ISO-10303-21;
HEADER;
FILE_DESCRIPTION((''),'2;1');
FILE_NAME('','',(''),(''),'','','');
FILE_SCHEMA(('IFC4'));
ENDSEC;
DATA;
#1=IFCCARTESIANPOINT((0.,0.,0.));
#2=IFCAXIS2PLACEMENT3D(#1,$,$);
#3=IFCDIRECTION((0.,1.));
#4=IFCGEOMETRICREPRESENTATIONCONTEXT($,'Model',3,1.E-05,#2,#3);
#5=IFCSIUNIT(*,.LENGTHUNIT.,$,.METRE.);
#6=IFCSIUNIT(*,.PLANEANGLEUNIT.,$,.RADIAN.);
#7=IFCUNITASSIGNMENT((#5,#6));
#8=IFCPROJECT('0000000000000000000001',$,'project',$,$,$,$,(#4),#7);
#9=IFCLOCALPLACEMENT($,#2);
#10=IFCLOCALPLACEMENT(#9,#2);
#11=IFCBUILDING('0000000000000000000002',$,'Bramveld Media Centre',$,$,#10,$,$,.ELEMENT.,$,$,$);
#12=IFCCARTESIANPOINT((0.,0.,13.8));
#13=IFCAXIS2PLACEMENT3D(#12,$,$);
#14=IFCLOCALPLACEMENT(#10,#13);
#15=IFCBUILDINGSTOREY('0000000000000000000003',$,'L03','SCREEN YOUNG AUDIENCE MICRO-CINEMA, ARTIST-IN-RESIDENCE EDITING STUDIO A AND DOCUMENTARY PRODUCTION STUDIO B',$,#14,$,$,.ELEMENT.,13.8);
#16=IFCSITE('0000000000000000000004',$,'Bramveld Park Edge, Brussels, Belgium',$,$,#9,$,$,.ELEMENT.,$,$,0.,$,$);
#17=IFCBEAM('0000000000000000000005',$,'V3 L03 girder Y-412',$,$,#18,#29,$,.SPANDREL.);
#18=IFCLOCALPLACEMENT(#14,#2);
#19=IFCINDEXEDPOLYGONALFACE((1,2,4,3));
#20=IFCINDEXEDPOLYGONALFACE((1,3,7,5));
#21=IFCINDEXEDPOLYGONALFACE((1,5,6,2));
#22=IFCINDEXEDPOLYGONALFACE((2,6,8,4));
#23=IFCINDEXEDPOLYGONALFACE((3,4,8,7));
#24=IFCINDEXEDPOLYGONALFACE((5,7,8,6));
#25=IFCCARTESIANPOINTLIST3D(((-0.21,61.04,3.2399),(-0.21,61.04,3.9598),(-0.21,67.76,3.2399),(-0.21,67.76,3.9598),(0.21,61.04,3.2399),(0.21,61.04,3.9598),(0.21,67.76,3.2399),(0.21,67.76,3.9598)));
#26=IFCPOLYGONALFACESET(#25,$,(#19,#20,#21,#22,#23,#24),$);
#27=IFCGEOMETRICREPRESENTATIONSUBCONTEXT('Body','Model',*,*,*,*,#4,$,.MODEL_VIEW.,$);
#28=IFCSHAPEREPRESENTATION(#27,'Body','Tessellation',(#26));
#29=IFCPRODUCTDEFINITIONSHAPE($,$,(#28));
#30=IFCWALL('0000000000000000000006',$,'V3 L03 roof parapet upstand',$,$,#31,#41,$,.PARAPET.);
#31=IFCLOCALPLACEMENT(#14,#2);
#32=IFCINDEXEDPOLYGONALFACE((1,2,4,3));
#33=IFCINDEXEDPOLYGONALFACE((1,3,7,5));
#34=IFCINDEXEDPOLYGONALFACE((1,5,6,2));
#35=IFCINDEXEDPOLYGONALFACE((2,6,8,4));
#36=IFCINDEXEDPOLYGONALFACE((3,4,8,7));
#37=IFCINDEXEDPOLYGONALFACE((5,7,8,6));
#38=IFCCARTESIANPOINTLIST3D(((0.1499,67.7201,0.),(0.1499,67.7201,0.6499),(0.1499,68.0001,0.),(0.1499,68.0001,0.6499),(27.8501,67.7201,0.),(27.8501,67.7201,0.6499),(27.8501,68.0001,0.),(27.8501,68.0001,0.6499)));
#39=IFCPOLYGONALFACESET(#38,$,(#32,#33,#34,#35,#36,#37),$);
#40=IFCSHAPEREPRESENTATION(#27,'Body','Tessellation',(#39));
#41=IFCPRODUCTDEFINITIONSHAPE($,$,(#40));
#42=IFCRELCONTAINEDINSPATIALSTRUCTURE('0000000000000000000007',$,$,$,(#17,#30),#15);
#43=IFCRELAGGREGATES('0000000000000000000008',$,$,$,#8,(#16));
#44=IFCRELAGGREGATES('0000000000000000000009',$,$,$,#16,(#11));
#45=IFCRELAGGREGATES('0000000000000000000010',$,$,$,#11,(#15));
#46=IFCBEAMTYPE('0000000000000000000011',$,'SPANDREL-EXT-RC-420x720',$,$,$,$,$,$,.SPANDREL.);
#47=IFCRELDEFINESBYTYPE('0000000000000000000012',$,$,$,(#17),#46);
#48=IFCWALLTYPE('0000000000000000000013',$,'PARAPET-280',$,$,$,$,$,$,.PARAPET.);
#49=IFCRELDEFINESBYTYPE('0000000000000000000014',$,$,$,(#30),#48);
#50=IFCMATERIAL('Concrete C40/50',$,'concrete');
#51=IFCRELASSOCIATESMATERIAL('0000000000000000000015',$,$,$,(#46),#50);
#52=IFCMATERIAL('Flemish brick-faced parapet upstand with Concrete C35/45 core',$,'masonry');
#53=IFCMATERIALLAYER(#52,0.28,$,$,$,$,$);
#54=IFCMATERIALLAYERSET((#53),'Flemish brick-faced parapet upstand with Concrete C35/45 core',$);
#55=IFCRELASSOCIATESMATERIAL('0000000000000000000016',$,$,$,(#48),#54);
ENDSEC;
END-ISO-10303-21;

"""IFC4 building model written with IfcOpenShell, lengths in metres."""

from ifc_helpers import new_model, si_unit, direction, frame, frame_2d, origin, origin_2d, place, context, subcontext, project, spatial, rectangle, extrude, material, layer, layer_set, material_profile, profile_set, type_object, element, save


model = new_model("IFC4")

# Units and contexts
model_context = context("Model", 3, precision=1e-05, world=origin(), true_north=direction((0.0, 1.0)))
body_context = subcontext(model_context, "Body", "Model", "MODEL_VIEW")
ifc_project = project(units=[si_unit("LENGTHUNIT", "METRE"), si_unit("PLANEANGLEUNIT", "RADIAN")], contexts=[model_context])

# Site, building, storey
site_placement = place(None, origin())
site = spatial("IfcSite", under=ifc_project, at=site_placement, Name="Bramveld Park Edge, Brussels, Belgium", CompositionType="ELEMENT", RefElevation=0.0)
building_placement = place(site_placement, origin())
building = spatial("IfcBuilding", under=site, at=building_placement, Name="Bramveld Media Centre", CompositionType="ELEMENT")
storey_placement = place(building_placement, frame((0.0, 0.0, 13.8)))
storey = spatial("IfcBuildingStorey", under=building, at=storey_placement, Name="L03", Description="SCREEN YOUNG AUDIENCE MICRO-CINEMA, ARTIST-IN-RESIDENCE EDITING STUDIO A AND DOCUMENTARY PRODUCTION STUDIO B", CompositionType="ELEMENT", Elevation=13.8)

# Beam
ifc_material_1 = material(Name="Concrete C40/50", Category="concrete")
ifc_material_profile_1 = material_profile(ifc_material_1, rectangle(XDim=0.4199, YDim=0.72, at=origin_2d()), Name="RC 420x720")
ifc_profile_set_1 = profile_set([ifc_material_profile_1], Name="Concrete C40/50")
beam_type_1 = type_object("IfcBeamType", Name="SPANDREL-EXT-RC-420x720", PredefinedType="SPANDREL", material=ifc_profile_set_1)
for number, where, z_axis, x_axis, name in (
    (1, (0.0, 61.04, 3.5999), (0.0, 1.0, 0.0), (-1.0, 0.0, 0.0), "V3 L03 girder Y-412"),
):
    element("IfcBeam", number, at=place(storey_placement, frame(where, z_axis=z_axis, x_axis=x_axis)), inside=storey, type_object=beam_type_1, Name=name, PredefinedType="SPANDREL", context=body_context, shape_type="SweptSolid", body=[
        extrude(rectangle(XDim=0.4199, YDim=0.72, at=origin_2d()), origin(), (0.0, 0.0, 1.0), 6.72),
    ])

# Wall
ifc_material_2 = material(Name="Flemish brick-faced parapet upstand with Concrete C35/45 core", Category="masonry")
ifc_layer_1 = layer(ifc_material_2, 0.28)
ifc_layer_set_1 = layer_set([ifc_layer_1], Name="Flemish brick-faced parapet upstand with Concrete C35/45 core")
wall_type_1 = type_object("IfcWallType", Name="PARAPET-280", PredefinedType="PARAPET", material=ifc_layer_set_1)
wall_1_placement = place(storey_placement, frame((0.1499, 67.8601, 0.0), z_axis=(0.0, 0.0, 1.0), x_axis=(1.0, 0.0, 0.0)))
element("IfcWall", 2, at=wall_1_placement, inside=storey, type_object=wall_type_1, Name="V3 L03 roof parapet upstand", PredefinedType="PARAPET", context=body_context, shape_type="SweptSolid", body=[
    extrude(rectangle(XDim=27.7002, YDim=0.28, at=frame_2d((13.8501, 0.0))), origin(), (0.0, 0.0, 1.0), 0.6499),
])

save(model, "model.ifc")
